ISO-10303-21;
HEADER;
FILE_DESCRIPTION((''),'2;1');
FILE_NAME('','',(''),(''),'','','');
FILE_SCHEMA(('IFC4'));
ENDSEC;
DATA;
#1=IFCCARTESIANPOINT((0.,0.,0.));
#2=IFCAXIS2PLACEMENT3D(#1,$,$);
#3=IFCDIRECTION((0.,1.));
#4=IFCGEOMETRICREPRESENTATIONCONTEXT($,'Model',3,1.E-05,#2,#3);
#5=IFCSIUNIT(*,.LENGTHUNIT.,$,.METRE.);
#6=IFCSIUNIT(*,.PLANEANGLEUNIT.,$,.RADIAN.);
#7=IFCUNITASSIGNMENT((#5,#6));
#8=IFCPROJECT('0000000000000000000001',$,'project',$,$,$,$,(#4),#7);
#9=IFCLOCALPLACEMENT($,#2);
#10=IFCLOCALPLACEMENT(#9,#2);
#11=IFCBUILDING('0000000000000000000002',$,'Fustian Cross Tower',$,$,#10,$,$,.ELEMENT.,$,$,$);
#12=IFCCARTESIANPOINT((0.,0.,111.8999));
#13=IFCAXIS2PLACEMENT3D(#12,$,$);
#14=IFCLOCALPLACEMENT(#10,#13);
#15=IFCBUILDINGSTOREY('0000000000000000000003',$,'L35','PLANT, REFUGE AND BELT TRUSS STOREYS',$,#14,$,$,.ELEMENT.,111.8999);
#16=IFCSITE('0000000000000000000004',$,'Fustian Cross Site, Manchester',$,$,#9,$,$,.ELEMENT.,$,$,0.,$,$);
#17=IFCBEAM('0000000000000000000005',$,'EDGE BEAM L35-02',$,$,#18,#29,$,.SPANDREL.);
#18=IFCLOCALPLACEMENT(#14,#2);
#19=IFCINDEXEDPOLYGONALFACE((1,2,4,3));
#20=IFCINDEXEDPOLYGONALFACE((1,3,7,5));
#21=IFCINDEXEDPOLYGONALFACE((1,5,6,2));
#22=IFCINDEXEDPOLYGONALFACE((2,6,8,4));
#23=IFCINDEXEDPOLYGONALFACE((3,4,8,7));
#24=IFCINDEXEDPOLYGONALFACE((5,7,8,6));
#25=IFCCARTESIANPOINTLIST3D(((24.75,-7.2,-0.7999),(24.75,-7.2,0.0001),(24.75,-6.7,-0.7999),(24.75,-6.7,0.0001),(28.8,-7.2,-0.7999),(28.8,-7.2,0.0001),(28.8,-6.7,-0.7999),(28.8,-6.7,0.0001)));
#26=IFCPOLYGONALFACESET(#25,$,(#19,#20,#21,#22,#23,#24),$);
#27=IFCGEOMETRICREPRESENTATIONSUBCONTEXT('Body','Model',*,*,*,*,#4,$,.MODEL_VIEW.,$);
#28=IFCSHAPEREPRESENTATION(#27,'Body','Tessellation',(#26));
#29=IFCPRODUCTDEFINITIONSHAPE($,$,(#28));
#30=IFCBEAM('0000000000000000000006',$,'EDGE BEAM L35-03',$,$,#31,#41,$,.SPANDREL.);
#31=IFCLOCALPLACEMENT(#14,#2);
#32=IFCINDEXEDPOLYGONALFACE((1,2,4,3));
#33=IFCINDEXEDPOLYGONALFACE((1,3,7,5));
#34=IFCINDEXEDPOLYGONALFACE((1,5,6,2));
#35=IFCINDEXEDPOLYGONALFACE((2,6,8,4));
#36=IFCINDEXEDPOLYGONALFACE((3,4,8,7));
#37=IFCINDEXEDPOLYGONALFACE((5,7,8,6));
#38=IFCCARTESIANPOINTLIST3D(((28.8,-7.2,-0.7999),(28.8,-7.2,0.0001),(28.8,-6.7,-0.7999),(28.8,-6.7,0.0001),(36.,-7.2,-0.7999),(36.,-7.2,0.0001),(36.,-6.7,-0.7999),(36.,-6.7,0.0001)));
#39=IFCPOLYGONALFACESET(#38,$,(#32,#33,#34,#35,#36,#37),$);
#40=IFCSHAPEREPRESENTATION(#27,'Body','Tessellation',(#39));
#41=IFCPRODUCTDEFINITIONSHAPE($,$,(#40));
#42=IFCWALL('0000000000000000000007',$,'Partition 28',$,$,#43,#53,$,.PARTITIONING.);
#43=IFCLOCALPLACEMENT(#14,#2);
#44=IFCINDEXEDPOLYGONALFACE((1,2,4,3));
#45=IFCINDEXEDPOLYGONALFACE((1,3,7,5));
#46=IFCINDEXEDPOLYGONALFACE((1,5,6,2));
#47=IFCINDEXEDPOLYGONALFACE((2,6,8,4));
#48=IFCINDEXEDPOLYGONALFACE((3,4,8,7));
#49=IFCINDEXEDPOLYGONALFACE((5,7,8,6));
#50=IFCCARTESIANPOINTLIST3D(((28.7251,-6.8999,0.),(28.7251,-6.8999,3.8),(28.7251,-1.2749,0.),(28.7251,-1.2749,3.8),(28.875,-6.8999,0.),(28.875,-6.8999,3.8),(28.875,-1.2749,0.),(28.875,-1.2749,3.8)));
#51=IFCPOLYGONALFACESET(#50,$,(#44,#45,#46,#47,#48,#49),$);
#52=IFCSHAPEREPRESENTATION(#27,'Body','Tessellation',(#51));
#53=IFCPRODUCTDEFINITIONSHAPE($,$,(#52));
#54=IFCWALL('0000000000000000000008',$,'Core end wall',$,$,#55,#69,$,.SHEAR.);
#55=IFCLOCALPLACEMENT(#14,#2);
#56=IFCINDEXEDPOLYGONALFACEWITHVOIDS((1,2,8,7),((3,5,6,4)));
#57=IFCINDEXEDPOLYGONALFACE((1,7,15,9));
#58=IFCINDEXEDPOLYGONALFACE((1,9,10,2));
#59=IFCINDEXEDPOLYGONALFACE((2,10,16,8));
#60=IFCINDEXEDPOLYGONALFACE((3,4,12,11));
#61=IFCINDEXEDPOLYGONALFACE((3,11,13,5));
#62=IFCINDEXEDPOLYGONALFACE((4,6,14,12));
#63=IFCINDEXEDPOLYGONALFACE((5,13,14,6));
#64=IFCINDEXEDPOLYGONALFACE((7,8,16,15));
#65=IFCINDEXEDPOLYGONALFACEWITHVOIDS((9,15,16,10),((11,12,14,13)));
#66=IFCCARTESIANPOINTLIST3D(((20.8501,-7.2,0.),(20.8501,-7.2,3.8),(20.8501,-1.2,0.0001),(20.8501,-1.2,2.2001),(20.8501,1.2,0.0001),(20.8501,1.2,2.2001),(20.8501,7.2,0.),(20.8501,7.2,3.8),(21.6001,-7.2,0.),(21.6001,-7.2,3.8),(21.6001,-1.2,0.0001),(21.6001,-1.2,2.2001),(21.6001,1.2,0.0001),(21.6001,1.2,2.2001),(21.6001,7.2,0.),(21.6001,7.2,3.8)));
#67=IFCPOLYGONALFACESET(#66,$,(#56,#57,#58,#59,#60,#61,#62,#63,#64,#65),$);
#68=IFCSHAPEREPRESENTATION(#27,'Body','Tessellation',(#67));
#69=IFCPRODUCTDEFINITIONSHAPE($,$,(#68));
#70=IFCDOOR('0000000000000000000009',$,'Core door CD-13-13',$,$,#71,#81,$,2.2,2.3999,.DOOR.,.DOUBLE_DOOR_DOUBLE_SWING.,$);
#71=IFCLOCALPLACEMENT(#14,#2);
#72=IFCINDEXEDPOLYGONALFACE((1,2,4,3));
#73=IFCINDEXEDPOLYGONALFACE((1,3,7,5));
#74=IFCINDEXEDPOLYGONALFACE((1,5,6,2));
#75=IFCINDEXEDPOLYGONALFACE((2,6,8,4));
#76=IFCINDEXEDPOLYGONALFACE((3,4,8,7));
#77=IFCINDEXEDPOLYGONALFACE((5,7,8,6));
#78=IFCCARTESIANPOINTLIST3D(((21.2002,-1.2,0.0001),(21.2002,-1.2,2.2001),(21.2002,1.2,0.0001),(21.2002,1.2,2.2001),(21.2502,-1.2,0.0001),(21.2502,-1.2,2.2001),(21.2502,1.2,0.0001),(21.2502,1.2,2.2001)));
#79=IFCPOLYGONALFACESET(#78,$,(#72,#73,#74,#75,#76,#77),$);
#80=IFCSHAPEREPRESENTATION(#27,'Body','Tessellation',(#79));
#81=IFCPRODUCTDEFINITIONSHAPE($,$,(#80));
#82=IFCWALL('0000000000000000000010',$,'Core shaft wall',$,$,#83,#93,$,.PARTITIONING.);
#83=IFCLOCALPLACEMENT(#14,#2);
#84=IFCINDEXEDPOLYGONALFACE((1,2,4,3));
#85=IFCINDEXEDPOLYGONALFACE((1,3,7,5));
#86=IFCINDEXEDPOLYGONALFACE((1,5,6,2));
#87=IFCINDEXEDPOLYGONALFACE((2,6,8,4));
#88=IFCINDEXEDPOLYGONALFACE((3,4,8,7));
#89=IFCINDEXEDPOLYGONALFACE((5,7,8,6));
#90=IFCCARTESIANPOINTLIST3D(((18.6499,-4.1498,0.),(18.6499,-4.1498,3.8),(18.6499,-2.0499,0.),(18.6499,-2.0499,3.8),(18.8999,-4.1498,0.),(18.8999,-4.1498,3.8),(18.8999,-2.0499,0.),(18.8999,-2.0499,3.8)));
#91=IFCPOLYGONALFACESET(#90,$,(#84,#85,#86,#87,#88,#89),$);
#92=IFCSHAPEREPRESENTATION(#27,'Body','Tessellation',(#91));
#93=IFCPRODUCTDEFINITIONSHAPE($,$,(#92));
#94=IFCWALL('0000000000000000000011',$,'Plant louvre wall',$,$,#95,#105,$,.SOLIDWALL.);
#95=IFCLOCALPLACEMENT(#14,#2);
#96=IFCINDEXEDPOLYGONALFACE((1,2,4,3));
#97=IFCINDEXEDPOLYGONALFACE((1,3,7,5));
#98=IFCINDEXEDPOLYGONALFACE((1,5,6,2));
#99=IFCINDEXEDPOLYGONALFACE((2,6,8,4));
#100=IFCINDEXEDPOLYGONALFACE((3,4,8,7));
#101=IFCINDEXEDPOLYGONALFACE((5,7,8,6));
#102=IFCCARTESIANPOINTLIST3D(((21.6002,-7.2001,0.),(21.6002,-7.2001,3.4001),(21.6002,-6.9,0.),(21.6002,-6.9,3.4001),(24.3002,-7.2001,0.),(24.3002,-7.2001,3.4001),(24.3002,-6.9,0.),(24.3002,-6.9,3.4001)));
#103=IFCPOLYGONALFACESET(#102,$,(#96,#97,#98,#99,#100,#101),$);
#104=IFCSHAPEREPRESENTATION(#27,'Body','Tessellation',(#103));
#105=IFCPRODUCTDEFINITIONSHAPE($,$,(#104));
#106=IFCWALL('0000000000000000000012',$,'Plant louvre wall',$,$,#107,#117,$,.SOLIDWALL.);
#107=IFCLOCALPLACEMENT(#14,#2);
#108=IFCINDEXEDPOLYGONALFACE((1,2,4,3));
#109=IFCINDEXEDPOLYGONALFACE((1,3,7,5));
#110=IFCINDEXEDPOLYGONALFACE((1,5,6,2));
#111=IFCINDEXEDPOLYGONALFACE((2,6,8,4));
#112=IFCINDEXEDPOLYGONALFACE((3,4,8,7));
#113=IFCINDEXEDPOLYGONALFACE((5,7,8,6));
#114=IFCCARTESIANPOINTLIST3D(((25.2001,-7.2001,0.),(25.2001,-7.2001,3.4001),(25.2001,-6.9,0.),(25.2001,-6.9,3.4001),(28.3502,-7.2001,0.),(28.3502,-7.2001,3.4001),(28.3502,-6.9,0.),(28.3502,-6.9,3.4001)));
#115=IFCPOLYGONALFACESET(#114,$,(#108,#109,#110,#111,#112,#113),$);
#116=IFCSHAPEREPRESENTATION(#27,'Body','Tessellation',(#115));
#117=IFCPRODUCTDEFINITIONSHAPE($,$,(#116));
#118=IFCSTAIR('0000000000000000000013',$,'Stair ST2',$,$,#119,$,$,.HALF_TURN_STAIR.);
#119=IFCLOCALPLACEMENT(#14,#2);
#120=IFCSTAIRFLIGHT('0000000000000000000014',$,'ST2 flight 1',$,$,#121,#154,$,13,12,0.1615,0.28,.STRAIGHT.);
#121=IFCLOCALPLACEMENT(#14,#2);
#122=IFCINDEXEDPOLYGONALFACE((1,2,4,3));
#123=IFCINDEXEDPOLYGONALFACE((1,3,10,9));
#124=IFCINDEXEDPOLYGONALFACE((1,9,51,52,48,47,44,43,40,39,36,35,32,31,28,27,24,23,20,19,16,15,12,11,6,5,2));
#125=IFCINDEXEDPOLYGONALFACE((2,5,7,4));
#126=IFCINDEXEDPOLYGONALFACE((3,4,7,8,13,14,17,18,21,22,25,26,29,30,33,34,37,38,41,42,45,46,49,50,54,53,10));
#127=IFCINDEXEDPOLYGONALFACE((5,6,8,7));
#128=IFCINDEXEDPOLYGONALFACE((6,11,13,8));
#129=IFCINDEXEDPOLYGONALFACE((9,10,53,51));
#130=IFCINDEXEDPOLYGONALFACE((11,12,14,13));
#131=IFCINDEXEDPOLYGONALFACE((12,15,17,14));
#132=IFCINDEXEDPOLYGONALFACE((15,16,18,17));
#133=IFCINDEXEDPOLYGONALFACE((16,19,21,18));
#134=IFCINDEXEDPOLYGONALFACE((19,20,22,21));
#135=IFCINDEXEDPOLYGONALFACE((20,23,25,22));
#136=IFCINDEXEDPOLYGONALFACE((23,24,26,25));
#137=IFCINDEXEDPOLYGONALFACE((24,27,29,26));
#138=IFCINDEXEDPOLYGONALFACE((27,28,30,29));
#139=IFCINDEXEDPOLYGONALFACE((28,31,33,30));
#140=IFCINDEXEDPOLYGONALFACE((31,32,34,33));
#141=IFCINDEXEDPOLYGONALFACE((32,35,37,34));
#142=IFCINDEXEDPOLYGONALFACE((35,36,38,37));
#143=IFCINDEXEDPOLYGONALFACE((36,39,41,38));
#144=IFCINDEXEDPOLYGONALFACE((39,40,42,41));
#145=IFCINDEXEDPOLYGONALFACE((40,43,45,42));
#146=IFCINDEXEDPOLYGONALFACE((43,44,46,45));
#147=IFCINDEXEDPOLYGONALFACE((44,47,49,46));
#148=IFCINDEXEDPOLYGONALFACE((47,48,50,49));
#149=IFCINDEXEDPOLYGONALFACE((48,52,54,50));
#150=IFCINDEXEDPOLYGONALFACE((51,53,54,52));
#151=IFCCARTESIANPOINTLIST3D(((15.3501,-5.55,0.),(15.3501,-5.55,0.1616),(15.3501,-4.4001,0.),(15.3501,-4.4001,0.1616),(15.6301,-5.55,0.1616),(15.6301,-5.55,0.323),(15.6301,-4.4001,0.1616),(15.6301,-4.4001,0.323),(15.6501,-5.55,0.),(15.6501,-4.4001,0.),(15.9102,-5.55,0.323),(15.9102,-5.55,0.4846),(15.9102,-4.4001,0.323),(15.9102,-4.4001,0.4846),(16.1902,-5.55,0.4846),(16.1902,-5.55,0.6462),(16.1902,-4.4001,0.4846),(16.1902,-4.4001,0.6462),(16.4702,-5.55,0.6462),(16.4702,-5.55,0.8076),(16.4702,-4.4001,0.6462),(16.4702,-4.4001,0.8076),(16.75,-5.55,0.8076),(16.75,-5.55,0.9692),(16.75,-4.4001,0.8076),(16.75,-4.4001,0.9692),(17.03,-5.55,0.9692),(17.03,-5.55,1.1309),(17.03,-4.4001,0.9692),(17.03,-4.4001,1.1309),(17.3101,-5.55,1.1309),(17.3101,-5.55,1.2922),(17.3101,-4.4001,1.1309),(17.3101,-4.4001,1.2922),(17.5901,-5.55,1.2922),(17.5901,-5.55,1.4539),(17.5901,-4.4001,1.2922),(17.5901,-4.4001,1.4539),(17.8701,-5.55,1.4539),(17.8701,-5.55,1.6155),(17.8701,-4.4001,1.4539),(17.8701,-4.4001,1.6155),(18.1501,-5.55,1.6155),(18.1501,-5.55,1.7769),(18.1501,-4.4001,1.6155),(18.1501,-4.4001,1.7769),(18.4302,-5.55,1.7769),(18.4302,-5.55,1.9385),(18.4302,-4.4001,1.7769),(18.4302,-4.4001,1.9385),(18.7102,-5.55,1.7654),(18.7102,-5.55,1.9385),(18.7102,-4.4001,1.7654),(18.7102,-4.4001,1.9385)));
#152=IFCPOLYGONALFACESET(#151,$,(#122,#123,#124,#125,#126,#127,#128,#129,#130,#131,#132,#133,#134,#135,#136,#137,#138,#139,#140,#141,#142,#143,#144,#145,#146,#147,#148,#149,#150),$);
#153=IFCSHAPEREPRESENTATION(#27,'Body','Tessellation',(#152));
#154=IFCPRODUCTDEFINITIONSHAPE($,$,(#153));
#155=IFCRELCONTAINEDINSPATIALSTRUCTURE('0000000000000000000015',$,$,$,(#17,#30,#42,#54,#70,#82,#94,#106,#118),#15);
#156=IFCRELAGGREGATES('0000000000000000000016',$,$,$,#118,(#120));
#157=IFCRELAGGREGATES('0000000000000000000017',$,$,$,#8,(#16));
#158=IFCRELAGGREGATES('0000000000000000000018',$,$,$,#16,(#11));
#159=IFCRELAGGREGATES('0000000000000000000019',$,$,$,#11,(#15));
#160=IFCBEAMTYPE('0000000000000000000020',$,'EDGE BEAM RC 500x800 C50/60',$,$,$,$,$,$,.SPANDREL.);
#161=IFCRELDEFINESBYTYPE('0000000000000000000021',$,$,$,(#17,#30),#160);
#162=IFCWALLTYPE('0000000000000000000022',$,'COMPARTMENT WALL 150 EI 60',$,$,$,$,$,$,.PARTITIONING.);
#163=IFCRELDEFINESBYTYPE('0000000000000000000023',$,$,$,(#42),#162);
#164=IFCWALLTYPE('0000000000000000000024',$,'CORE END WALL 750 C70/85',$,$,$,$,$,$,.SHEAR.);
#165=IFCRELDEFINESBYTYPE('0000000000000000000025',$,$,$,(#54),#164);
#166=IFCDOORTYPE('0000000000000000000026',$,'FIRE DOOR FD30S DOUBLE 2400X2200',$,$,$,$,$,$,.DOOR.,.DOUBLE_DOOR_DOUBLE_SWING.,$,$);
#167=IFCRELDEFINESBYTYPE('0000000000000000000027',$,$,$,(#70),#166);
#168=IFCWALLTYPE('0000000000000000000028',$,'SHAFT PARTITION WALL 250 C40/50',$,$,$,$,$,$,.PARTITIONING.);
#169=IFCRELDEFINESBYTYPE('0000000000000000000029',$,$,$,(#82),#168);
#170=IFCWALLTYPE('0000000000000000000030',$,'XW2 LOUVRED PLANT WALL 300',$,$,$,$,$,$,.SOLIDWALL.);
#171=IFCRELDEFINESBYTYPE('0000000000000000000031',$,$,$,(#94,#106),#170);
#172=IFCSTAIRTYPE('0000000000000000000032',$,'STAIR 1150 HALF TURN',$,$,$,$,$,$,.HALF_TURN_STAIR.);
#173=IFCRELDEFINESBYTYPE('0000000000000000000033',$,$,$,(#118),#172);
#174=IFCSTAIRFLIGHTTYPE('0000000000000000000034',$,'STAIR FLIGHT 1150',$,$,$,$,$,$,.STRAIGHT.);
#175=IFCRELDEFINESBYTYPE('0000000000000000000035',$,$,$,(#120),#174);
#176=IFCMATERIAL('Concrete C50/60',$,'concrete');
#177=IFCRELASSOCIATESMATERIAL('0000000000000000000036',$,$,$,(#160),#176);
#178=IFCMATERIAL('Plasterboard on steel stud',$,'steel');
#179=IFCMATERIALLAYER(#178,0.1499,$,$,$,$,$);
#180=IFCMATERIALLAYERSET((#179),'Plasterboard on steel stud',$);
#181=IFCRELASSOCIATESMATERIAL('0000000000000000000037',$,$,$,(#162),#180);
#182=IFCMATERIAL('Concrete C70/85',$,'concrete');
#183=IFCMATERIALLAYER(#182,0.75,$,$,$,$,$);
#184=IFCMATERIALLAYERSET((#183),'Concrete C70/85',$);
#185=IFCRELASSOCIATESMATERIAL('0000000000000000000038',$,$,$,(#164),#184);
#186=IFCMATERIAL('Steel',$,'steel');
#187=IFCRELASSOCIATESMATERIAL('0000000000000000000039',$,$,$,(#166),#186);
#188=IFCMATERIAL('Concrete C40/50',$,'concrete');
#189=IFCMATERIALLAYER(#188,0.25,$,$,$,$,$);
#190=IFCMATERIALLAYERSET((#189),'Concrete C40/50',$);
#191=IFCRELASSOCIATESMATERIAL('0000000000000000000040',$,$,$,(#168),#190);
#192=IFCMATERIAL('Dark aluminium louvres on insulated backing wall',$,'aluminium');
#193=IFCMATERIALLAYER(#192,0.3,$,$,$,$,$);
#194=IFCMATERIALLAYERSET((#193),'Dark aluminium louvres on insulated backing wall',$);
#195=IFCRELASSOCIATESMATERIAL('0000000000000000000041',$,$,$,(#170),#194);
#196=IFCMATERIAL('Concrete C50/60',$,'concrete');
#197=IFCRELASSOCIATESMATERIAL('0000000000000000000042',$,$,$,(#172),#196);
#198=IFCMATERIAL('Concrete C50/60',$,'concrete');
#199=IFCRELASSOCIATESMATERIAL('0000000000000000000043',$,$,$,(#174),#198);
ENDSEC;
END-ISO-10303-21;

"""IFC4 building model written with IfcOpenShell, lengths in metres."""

from ifc_helpers import new_model, si_unit, direction, frame, frame_2d, origin, origin_2d, place, context, subcontext, project, spatial, polyline, rectangle, outline, extrude, material, layer, layer_set, material_profile, profile_set, type_object, element, fill, aggregate, save


model = new_model("IFC4")

# Units and contexts
model_context = context("Model", 3, precision=1e-05, world=origin(), true_north=direction((0.0, 1.0)))
body_context = subcontext(model_context, "Body", "Model", "MODEL_VIEW")
ifc_project = project(units=[si_unit("LENGTHUNIT", "METRE"), si_unit("PLANEANGLEUNIT", "RADIAN")], contexts=[model_context])

# Site, building, storey
site_placement = place(None, origin())
site = spatial("IfcSite", under=ifc_project, at=site_placement, Name="Fustian Cross Site, Manchester", CompositionType="ELEMENT", RefElevation=0.0)
building_placement = place(site_placement, origin())
building = spatial("IfcBuilding", under=site, at=building_placement, Name="Fustian Cross Tower", CompositionType="ELEMENT")
storey_placement = place(building_placement, frame((0.0, 0.0, 111.8999)))
storey = spatial("IfcBuildingStorey", under=building, at=storey_placement, Name="L35", Description="PLANT, REFUGE AND BELT TRUSS STOREYS", CompositionType="ELEMENT", Elevation=111.8999)

# Beams
ifc_material_1 = material(Name="Concrete C50/60", Category="concrete")
ifc_material_profile_1 = material_profile(ifc_material_1, rectangle(XDim=0.5, YDim=0.8, at=origin_2d()), Name="RC 500x800")
ifc_profile_set_1 = profile_set([ifc_material_profile_1], Name="Concrete C50/60")
beam_type = type_object("IfcBeamType", Name="EDGE BEAM RC 500x800 C50/60", PredefinedType="SPANDREL", material=ifc_profile_set_1)
beam_1_placement = place(storey_placement, frame((24.75, -6.95, -0.3999), z_axis=(1.0, 0.0, 0.0), x_axis=(0.0, 1.0, 0.0)))
element("IfcBeam", 1, at=beam_1_placement, inside=storey, type_object=beam_type, Name="EDGE BEAM L35-02", PredefinedType="SPANDREL", context=body_context, shape_type="SweptSolid", body=[
    extrude(rectangle(XDim=0.5, YDim=0.8, at=origin_2d()), origin(), (0.0, 0.0, 1.0), 4.05),
])
beam_2_placement = place(storey_placement, frame((28.8, -6.95, -0.3999), z_axis=(1.0, 0.0, 0.0), x_axis=(0.0, 1.0, 0.0)))
element("IfcBeam", 2, at=beam_2_placement, inside=storey, type_object=beam_type, Name="EDGE BEAM L35-03", PredefinedType="SPANDREL", context=body_context, shape_type="SweptSolid", body=[
    extrude(rectangle(XDim=0.5, YDim=0.8, at=origin_2d()), origin(), (0.0, 0.0, 1.0), 7.2),
])

# Wall
ifc_material_2 = material(Name="Plasterboard on steel stud", Category="steel")
ifc_layer_1 = layer(ifc_material_2, 0.1499)
ifc_layer_set_1 = layer_set([ifc_layer_1], Name="Plasterboard on steel stud")
wall_type_1 = type_object("IfcWallType", Name="COMPARTMENT WALL 150 EI 60", PredefinedType="PARTITIONING", material=ifc_layer_set_1)
wall_1_placement = place(storey_placement, frame((28.8, -6.8999, 0.0), z_axis=(0.0, 0.0, 1.0), x_axis=(0.0, 1.0, 0.0)))
element("IfcWall", 3, at=wall_1_placement, inside=storey, type_object=wall_type_1, Name="Partition 28", PredefinedType="PARTITIONING", context=body_context, shape_type="SweptSolid", body=[
    extrude(rectangle(XDim=5.625, YDim=0.1499, at=frame_2d((2.8125, 0.0))), origin(), (0.0, 0.0, 1.0), 3.8),
])

# Wall, opening, door
ifc_material_3 = material(Name="Concrete C70/85", Category="concrete")
ifc_layer_2 = layer(ifc_material_3, 0.75)
ifc_layer_set_2 = layer_set([ifc_layer_2], Name="Concrete C70/85")
wall_type_2 = type_object("IfcWallType", Name="CORE END WALL 750 C70/85", PredefinedType="SHEAR", material=ifc_layer_set_2)
wall_2_placement = place(storey_placement, frame((21.2251, -7.2, 0.0), z_axis=(0.0, 0.0, 1.0), x_axis=(0.0, 1.0, 0.0)))
wall_2 = element("IfcWall", 4, at=wall_2_placement, inside=storey, type_object=wall_type_2, Name="Core end wall", PredefinedType="SHEAR", context=body_context, shape_type="SweptSolid", body=[
    extrude(rectangle(XDim=14.3999, YDim=0.75, at=frame_2d((7.2, 0.0))), origin(), (0.0, 0.0, 1.0), 3.8),
])
opening_placement = place(wall_2_placement, frame((6.0, 0.0, 0.0)))
opening = element("IfcOpeningElement", 5, at=opening_placement, cuts=wall_2, PredefinedType="OPENING", context=body_context, shape_type="SweptSolid", body=[
    extrude(rectangle(XDim=2.3999, YDim=2.2, at=frame_2d((1.2, 1.1001))), frame((0.0, 0.385, 0.0), z_axis=(0.0, -1.0, 0.0), x_axis=(1.0, 0.0, 0.0)), (0.0, 0.0, 1.0), 0.77),
])
ifc_material_4 = material(Name="Steel", Category="steel")
door_type = type_object("IfcDoorType", Name="FIRE DOOR FD30S DOUBLE 2400X2200", OperationType="DOUBLE_DOOR_DOUBLE_SWING", PredefinedType="DOOR", material=ifc_material_4)
door_placement = place(opening_placement, origin())
door = element("IfcDoor", 6, at=door_placement, inside=storey, type_object=door_type, Name="Core door CD-13-13", OperationType="DOUBLE_DOOR_DOUBLE_SWING", OverallHeight=2.2, OverallWidth=2.3999, PredefinedType="DOOR", context=body_context, shape_type="SweptSolid", body=[
    extrude(rectangle(XDim=2.3999, YDim=2.2, at=frame_2d((1.2, 1.1001))), frame((0.0, 0.0249, 0.0), z_axis=(0.0, -1.0, 0.0), x_axis=(1.0, 0.0, 0.0)), (0.0, 0.0, 1.0), 0.05),
])
fill(opening, door)

# Walls
ifc_material_5 = material(Name="Concrete C40/50", Category="concrete")
ifc_layer_3 = layer(ifc_material_5, 0.25)
ifc_layer_set_3 = layer_set([ifc_layer_3], Name="Concrete C40/50")
wall_type_3 = type_object("IfcWallType", Name="SHAFT PARTITION WALL 250 C40/50", PredefinedType="PARTITIONING", material=ifc_layer_set_3)
wall_3_placement = place(storey_placement, frame((18.7749, -2.05, 0.0), z_axis=(0.0, 0.0, 1.0), x_axis=(0.0, -1.0, 0.0)))
element("IfcWall", 7, at=wall_3_placement, inside=storey, type_object=wall_type_3, Name="Core shaft wall", PredefinedType="PARTITIONING", context=body_context, shape_type="SweptSolid", body=[
    extrude(rectangle(XDim=2.0999, YDim=0.25, at=frame_2d((1.0498, 0.0))), origin(), (0.0, 0.0, 1.0), 3.8),
])
ifc_material_6 = material(Name="Dark aluminium louvres on insulated backing wall", Category="aluminium")
ifc_layer_4 = layer(ifc_material_6, 0.3)
ifc_layer_set_4 = layer_set([ifc_layer_4], Name="Dark aluminium louvres on insulated backing wall")
wall_type_4 = type_object("IfcWallType", Name="XW2 LOUVRED PLANT WALL 300", PredefinedType="SOLIDWALL", material=ifc_layer_set_4)
wall_4_placement = place(storey_placement, frame((21.6001, -7.05, 0.0), z_axis=(0.0, 0.0, 1.0), x_axis=(1.0, 0.0, 0.0)))
element("IfcWall", 8, at=wall_4_placement, inside=storey, type_object=wall_type_4, Name="Plant louvre wall", PredefinedType="SOLIDWALL", context=body_context, shape_type="SweptSolid", body=[
    extrude(rectangle(XDim=2.7, YDim=0.3, at=frame_2d((1.3501, 0.0))), origin(), (0.0, 0.0, 1.0), 3.4001),
])
wall_5_placement = place(storey_placement, frame((25.2, -7.05, 0.0), z_axis=(0.0, 0.0, 1.0), x_axis=(1.0, 0.0, 0.0)))
element("IfcWall", 9, at=wall_5_placement, inside=storey, type_object=wall_type_4, Name="Plant louvre wall", PredefinedType="SOLIDWALL", context=body_context, shape_type="SweptSolid", body=[
    extrude(rectangle(XDim=3.1501, YDim=0.3, at=frame_2d((1.5752, 0.0))), origin(), (0.0, 0.0, 1.0), 3.4001),
])

# Stair, stair flight
ifc_material_7 = material(Name="Concrete C50/60", Category="concrete")
stair_type = type_object("IfcStairType", Name="STAIR 1150 HALF TURN", PredefinedType="HALF_TURN_STAIR", material=ifc_material_7)
stair_placement = place(storey_placement, origin())
stair = element("IfcStair", 10, at=stair_placement, inside=storey, type_object=stair_type, Name="Stair ST2", PredefinedType="HALF_TURN_STAIR")
ifc_material_8 = material(Name="Concrete C50/60", Category="concrete")
stair_flight_type = type_object("IfcStairFlightType", Name="STAIR FLIGHT 1150", PredefinedType="STRAIGHT", material=ifc_material_8)
stair_flight_1_placement = place(storey_placement, frame((15.3501, -4.9751, 0.0), z_axis=(0.0, 0.0, 1.0), x_axis=(1.0, 0.0, 0.0)))
stair_flight_1 = element("IfcStairFlight", 11, at=stair_flight_1_placement, type_object=stair_flight_type, Name="ST2 flight 1", NumberOfRisers=13, NumberOfTreads=12, PredefinedType="STRAIGHT", RiserHeight=0.1615, TreadLength=0.28, context=body_context, shape_type="SweptSolid", body=[
    extrude(outline(polyline([(0.0, 0.0), (0.0, 0.1616), (0.28, 0.1616), (0.28, 0.323), (0.5601, 0.323), (0.5601, 0.4846), (0.8401, 0.4846), (0.8401, 0.6462), (1.1201, 0.6462), (1.1201, 0.8076), (1.3999, 0.8076), (1.3999, 0.9692), (1.6799, 0.9692), (1.6799, 1.1309), (1.96, 1.1309), (1.96, 1.2922), (2.24, 1.2922), (2.24, 1.4539), (2.52, 1.4539), (2.52, 1.6155), (2.8, 1.6155), (2.8, 1.7769), (3.0801, 1.7769), (3.0801, 1.9385), (3.3601, 1.9385), (3.3601, 2.1001), (3.3601, 1.7654), (0.3, 0.0), (0.0, 0.0)])), frame((0.0, 0.575, 0.0), z_axis=(0.0, -1.0, 0.0), x_axis=(1.0, 0.0, 0.0)), (0.0, 0.0, 1.0), 1.1499),
])
aggregate(stair, [stair_flight_1])

save(model, "model.ifc")
